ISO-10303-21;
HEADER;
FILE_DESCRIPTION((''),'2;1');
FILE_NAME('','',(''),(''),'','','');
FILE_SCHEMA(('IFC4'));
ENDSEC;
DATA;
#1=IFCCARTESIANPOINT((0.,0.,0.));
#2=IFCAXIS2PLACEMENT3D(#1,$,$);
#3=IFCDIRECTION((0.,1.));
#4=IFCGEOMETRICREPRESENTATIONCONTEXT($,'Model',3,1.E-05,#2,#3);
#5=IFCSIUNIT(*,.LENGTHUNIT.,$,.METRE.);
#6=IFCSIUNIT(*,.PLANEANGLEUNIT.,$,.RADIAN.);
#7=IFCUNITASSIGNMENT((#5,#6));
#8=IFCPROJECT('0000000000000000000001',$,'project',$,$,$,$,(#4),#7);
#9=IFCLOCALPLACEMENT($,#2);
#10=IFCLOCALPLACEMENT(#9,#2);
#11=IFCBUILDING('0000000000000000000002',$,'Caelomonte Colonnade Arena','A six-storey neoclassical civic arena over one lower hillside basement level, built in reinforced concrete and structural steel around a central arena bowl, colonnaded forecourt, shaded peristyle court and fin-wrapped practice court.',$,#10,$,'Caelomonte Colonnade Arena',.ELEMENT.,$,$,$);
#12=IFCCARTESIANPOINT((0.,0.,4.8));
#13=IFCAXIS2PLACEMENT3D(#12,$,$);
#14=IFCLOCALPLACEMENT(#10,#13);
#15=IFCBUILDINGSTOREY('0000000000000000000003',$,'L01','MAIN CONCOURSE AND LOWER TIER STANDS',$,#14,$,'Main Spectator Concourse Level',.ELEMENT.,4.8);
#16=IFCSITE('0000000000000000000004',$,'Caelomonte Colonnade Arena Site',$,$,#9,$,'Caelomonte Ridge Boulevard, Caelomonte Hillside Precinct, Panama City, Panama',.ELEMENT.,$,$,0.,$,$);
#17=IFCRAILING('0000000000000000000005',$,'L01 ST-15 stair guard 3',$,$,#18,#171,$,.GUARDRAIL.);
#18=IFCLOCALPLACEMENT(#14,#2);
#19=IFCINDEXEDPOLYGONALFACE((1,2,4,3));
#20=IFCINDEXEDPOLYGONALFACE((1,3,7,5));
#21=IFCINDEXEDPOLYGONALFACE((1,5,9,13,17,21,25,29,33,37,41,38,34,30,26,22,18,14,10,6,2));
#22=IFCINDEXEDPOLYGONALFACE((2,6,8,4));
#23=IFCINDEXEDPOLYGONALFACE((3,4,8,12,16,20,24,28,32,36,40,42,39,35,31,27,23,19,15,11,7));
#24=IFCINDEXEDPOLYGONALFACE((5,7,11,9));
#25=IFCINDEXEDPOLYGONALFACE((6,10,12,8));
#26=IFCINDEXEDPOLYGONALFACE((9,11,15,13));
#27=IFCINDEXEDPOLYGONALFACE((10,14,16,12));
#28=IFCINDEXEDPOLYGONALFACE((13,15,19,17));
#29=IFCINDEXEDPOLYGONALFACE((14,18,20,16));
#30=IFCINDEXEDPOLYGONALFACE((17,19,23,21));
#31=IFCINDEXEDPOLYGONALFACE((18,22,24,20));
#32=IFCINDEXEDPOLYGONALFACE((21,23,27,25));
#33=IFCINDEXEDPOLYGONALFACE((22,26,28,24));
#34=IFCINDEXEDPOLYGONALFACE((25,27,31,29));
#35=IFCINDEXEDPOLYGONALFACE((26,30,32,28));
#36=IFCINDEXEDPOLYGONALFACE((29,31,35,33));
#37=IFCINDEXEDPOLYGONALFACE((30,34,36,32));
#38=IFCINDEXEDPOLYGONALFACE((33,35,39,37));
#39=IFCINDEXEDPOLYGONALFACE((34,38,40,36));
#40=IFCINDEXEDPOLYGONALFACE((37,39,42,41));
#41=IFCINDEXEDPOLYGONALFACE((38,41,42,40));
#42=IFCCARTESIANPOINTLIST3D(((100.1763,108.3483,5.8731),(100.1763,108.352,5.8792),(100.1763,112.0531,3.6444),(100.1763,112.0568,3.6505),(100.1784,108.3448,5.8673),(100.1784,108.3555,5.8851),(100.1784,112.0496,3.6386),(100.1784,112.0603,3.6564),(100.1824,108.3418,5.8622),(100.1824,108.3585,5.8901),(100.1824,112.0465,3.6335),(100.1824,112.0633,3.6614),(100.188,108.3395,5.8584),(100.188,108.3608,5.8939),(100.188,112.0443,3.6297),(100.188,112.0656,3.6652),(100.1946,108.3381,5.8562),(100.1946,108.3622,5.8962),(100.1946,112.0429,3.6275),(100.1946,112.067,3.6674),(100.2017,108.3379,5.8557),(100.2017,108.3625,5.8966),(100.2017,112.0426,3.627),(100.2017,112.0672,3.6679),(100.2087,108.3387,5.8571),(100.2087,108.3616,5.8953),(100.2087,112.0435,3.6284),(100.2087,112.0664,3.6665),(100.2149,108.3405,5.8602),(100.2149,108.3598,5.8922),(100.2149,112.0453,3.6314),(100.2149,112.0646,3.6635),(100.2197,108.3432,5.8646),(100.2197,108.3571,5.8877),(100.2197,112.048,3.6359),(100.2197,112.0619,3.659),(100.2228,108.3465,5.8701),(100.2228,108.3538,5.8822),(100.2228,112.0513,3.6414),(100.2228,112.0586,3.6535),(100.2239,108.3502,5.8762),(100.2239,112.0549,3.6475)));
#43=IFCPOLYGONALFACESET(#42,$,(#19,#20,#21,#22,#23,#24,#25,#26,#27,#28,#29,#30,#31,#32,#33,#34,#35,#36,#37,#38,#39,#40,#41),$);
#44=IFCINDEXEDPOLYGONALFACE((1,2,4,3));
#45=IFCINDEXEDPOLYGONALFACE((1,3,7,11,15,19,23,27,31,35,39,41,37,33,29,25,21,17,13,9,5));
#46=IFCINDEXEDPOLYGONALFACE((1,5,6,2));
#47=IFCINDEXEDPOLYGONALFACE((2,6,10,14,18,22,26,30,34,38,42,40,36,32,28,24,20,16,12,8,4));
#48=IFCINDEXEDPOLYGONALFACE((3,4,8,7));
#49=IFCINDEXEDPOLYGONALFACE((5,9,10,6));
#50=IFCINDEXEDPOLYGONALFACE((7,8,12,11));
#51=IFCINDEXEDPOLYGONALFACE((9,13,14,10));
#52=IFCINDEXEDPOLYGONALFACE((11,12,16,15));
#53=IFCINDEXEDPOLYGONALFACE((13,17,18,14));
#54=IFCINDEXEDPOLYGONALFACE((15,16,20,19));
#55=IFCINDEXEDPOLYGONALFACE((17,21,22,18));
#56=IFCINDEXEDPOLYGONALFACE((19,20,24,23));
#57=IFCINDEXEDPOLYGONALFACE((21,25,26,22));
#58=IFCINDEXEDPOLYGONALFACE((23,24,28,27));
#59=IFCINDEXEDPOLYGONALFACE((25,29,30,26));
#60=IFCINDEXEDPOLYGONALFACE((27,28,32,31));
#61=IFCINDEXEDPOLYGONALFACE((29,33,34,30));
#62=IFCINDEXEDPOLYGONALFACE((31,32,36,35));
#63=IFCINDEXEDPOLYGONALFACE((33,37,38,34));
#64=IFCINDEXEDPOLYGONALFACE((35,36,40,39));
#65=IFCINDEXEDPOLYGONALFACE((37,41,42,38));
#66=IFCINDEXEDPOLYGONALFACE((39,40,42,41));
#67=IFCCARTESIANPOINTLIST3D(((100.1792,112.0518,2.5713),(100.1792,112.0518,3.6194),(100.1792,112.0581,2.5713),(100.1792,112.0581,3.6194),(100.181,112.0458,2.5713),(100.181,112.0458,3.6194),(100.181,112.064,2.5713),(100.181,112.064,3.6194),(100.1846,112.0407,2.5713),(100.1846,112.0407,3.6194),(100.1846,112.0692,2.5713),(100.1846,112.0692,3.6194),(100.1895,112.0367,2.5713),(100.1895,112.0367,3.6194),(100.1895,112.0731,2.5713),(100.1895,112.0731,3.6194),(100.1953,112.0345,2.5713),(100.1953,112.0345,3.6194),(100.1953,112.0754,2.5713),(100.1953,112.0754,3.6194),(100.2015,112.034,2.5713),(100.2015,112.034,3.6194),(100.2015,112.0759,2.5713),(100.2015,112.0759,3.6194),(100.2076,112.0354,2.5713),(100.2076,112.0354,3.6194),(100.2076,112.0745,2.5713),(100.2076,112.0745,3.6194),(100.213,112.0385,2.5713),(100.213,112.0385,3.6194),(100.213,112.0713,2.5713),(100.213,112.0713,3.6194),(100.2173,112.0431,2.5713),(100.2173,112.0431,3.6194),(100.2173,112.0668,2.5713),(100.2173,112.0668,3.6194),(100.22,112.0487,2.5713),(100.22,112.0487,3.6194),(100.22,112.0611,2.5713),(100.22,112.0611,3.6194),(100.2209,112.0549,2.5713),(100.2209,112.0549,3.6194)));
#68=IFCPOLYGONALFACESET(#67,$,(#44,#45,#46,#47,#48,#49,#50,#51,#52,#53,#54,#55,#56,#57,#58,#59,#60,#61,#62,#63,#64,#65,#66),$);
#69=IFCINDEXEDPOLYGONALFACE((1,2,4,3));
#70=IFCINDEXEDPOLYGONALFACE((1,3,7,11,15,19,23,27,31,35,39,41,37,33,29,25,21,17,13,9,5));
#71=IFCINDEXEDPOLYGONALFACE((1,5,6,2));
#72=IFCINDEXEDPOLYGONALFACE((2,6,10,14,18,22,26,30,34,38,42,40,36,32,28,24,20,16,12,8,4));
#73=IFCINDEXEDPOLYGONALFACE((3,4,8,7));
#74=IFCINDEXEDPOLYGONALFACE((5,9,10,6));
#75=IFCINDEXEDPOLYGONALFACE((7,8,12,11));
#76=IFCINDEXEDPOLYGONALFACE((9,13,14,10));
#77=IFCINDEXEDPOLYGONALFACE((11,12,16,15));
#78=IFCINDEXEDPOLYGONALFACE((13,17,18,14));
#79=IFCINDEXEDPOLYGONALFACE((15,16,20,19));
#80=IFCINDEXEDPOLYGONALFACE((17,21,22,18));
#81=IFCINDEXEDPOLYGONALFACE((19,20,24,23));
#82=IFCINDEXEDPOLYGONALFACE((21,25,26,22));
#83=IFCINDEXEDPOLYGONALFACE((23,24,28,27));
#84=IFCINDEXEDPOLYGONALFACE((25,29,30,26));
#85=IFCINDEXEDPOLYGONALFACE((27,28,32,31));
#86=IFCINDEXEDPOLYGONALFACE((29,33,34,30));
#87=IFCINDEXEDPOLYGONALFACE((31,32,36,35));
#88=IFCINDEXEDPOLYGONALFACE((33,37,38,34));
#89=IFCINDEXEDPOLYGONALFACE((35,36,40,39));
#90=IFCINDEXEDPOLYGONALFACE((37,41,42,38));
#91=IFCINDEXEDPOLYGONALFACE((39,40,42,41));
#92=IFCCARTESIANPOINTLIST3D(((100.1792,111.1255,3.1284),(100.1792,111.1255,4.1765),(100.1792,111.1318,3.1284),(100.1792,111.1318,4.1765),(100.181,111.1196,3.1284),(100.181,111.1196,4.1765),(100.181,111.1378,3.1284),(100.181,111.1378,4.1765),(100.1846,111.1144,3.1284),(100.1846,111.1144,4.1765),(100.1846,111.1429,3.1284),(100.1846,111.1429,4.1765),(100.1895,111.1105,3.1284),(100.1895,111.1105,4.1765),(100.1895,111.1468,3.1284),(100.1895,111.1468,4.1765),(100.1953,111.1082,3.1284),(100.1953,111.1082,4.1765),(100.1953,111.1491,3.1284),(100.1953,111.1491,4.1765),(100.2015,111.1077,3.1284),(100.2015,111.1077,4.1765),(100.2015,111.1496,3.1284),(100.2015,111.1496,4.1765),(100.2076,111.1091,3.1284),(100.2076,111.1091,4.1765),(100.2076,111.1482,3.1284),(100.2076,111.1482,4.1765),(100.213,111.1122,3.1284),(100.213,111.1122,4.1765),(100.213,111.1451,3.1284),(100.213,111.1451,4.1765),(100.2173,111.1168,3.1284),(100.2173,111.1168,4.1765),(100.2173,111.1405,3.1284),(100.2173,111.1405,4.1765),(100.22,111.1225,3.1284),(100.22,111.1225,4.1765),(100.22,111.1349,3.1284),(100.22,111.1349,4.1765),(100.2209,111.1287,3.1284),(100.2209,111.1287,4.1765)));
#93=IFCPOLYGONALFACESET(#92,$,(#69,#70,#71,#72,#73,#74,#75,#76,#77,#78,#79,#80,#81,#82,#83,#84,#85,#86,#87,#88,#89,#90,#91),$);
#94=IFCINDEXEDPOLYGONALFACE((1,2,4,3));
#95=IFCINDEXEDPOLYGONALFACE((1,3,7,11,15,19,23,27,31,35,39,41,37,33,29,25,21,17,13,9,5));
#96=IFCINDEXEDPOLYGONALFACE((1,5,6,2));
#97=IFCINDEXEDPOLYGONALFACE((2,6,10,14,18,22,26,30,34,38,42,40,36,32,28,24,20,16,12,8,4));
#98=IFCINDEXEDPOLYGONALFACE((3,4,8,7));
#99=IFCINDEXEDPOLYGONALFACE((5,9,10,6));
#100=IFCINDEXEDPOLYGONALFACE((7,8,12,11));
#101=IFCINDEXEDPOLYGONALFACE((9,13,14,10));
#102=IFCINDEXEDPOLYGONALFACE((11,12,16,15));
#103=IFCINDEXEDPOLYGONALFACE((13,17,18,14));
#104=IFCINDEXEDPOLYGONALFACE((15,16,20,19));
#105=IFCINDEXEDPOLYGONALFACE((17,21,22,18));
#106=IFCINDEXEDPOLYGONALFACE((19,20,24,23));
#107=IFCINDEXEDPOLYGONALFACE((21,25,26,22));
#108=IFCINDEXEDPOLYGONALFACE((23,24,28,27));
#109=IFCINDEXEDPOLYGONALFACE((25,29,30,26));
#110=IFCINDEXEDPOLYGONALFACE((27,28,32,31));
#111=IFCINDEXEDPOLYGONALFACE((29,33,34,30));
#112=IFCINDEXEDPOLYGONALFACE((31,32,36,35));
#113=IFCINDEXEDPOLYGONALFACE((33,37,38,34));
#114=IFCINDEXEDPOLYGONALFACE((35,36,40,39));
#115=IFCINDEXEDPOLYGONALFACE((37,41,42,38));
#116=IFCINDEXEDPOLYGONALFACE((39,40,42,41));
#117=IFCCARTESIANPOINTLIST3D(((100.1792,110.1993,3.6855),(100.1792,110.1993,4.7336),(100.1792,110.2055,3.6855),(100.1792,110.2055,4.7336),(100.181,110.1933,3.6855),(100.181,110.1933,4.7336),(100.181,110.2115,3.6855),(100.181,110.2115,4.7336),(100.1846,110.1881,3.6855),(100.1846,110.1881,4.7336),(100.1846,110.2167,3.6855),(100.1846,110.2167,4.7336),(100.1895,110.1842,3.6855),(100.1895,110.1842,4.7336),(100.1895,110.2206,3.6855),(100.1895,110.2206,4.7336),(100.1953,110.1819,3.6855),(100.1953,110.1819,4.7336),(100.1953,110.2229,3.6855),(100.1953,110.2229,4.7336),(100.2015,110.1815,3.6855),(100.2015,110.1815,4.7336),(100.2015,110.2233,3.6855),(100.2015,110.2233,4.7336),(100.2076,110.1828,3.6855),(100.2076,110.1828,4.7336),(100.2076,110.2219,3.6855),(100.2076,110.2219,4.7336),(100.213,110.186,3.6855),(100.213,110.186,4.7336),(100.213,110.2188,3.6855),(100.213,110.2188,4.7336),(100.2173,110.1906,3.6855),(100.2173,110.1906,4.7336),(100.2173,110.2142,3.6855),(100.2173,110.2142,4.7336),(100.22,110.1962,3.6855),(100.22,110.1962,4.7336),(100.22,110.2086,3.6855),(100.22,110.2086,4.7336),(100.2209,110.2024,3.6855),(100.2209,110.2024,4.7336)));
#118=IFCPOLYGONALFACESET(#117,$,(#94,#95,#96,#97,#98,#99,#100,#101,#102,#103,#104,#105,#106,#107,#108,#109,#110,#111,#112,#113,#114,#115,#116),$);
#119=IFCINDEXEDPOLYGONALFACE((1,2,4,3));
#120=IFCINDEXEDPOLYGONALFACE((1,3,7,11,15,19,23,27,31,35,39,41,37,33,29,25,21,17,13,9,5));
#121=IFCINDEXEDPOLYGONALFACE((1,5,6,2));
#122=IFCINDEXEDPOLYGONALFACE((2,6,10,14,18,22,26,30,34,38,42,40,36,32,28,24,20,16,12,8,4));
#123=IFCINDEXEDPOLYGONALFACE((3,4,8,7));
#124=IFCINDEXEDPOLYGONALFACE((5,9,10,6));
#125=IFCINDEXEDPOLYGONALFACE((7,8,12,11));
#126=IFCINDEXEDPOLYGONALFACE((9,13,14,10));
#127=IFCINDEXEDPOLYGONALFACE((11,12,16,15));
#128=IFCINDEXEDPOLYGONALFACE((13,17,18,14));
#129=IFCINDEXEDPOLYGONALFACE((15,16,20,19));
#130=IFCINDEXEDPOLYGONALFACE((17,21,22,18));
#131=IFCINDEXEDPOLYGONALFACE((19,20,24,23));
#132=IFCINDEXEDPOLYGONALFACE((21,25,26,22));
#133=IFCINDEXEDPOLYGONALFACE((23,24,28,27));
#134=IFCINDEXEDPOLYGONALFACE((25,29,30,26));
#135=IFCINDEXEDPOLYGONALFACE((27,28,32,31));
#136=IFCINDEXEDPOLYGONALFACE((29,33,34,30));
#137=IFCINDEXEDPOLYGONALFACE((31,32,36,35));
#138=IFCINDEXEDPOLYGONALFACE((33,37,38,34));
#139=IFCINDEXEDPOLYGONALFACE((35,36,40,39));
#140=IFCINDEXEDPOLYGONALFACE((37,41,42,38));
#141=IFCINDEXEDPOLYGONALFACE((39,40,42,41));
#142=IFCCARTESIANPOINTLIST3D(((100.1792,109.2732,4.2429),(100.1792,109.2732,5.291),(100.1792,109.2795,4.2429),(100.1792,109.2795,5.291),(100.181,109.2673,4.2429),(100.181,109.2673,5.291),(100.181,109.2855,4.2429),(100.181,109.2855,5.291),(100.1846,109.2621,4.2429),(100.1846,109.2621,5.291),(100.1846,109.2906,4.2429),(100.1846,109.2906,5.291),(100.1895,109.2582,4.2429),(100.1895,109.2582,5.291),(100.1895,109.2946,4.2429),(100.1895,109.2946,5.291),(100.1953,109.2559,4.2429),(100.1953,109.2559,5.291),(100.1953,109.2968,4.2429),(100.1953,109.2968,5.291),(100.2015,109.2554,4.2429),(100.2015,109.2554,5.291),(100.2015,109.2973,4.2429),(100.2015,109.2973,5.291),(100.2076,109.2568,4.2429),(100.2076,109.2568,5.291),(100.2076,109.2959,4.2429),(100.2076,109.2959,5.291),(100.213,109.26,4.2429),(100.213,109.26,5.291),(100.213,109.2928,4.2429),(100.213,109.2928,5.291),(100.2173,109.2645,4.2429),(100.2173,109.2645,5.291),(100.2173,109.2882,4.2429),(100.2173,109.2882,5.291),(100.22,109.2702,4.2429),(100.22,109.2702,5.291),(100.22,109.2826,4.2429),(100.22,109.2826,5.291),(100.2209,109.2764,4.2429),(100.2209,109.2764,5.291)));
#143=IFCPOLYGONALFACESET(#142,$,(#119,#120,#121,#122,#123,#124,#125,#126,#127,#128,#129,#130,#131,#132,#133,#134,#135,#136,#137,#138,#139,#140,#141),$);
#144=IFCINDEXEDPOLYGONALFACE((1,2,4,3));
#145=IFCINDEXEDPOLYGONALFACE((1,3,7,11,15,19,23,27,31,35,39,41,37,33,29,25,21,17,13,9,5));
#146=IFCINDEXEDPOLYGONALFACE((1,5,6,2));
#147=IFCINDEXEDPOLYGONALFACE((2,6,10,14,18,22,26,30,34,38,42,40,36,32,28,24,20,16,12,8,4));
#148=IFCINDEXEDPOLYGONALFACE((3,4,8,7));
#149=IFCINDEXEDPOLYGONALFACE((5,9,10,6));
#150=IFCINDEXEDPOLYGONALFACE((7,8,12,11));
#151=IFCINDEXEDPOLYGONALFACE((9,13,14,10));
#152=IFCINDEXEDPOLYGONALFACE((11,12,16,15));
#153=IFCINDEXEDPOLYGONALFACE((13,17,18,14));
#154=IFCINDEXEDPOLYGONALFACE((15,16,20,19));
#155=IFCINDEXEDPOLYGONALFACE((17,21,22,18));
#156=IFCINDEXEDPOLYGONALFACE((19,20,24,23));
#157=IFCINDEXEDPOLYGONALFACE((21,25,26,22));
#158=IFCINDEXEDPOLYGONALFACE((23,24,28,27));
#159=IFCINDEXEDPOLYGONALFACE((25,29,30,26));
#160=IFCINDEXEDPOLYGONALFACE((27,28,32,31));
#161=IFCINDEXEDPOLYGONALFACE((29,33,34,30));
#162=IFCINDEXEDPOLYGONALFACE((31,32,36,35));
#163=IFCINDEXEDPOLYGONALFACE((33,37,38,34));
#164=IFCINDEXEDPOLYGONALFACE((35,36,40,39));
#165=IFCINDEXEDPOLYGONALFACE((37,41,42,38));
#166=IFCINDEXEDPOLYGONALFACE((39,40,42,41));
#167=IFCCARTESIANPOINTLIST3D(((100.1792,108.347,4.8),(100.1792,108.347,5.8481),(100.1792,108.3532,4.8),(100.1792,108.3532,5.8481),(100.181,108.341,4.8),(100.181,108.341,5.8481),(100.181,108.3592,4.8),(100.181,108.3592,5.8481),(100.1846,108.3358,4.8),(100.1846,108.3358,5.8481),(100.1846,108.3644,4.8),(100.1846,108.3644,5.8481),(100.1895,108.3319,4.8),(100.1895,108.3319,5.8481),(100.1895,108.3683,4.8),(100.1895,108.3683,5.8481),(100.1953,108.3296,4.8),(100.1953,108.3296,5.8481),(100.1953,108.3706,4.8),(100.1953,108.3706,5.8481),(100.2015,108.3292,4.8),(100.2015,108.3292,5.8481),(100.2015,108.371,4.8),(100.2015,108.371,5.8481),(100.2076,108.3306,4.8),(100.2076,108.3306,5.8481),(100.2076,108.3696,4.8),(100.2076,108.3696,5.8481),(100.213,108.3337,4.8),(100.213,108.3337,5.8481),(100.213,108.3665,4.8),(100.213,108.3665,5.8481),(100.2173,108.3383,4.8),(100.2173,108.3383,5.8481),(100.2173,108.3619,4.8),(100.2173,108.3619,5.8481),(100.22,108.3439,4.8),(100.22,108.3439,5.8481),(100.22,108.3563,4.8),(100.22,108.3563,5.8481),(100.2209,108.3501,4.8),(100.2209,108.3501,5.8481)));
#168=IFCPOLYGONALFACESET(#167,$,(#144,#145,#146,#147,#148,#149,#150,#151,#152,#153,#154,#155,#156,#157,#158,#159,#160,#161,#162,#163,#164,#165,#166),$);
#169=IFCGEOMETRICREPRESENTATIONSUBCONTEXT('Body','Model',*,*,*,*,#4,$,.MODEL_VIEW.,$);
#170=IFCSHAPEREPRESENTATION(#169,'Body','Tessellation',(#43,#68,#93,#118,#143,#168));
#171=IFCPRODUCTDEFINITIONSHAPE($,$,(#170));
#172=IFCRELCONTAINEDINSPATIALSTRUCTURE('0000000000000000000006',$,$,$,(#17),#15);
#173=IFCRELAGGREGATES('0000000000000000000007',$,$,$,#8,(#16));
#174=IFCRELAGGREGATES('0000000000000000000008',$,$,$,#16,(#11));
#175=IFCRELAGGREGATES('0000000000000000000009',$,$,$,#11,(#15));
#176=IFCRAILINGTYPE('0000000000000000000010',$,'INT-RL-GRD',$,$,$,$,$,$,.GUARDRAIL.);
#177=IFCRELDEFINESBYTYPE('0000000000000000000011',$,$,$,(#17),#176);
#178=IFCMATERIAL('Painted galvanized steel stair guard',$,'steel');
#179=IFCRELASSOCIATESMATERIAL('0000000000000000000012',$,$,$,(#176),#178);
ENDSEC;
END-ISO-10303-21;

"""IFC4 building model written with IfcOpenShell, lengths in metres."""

from ifc_helpers import new_model, si_unit, direction, frame, origin, origin_2d, place, context, subcontext, project, spatial, circle, extrude, material, type_object, element, save


model = new_model("IFC4")

# Units and contexts
model_context = context("Model", 3, precision=1e-05, world=origin(), true_north=direction((0.0, 1.0)))
body_context = subcontext(model_context, "Body", "Model", "MODEL_VIEW")
ifc_project = project(units=[si_unit("LENGTHUNIT", "METRE"), si_unit("PLANEANGLEUNIT", "RADIAN")], contexts=[model_context])

# Site, building, storey
site_placement = place(None, origin())
site = spatial("IfcSite", under=ifc_project, at=site_placement, Name="Caelomonte Colonnade Arena Site", LongName="Caelomonte Ridge Boulevard, Caelomonte Hillside Precinct, Panama City, Panama", CompositionType="ELEMENT", RefElevation=0.0)
building_placement = place(site_placement, origin())
building = spatial("IfcBuilding", under=site, at=building_placement, Name="Caelomonte Colonnade Arena", Description="A six-storey neoclassical civic arena over one lower hillside basement level, built in reinforced concrete and structural steel around a central arena bowl, colonnaded forecourt, shaded peristyle court and fin-wrapped practice court.", LongName="Caelomonte Colonnade Arena", CompositionType="ELEMENT")
storey_placement = place(building_placement, frame((0.0, 0.0, 4.8)))
storey = spatial("IfcBuildingStorey", under=building, at=storey_placement, Name="L01", Description="MAIN CONCOURSE AND LOWER TIER STANDS", LongName="Main Spectator Concourse Level", CompositionType="ELEMENT", Elevation=4.8)

# Railing
ifc_material_1 = material(Name="Painted galvanized steel stair guard", Category="steel")
railing_type_1 = type_object("IfcRailingType", Name="INT-RL-GRD", PredefinedType="GUARDRAIL", material=ifc_material_1)
railing_1_placement = place(storey_placement, frame((100.2, 112.0549, 2.5713)))
element("IfcRailing", 1, at=railing_1_placement, inside=storey, type_object=railing_type_1, Name="L01 ST-15 stair guard 3", PredefinedType="GUARDRAIL", context=body_context, shape_type="SweptSolid", body=[
    extrude(circle(Radius=0.0239, at=origin_2d()), frame((0.0, 0.0, 1.0762), z_axis=(0.0, -0.856894, 0.515492), x_axis=(1.0, 0.0, 0.0)), (0.0, 0.0, 1.0), 4.3235),
    extrude(circle(Radius=0.021, at=origin_2d()), origin(), (0.0, 0.0, 1.0), 1.0481),
    extrude(circle(Radius=0.021, at=origin_2d()), frame((0.0, -0.9263, 0.5571)), (0.0, 0.0, 1.0), 1.0481),
    extrude(circle(Radius=0.021, at=origin_2d()), frame((0.0, -1.8525, 1.1143)), (0.0, 0.0, 1.0), 1.0481),
    extrude(circle(Radius=0.021, at=origin_2d()), frame((0.0, -2.7786, 1.6716)), (0.0, 0.0, 1.0), 1.0481),
    extrude(circle(Radius=0.021, at=origin_2d()), frame((0.0, -3.7048, 2.2288)), (0.0, 0.0, 1.0), 1.0481),
])

save(model, "model.ifc")
